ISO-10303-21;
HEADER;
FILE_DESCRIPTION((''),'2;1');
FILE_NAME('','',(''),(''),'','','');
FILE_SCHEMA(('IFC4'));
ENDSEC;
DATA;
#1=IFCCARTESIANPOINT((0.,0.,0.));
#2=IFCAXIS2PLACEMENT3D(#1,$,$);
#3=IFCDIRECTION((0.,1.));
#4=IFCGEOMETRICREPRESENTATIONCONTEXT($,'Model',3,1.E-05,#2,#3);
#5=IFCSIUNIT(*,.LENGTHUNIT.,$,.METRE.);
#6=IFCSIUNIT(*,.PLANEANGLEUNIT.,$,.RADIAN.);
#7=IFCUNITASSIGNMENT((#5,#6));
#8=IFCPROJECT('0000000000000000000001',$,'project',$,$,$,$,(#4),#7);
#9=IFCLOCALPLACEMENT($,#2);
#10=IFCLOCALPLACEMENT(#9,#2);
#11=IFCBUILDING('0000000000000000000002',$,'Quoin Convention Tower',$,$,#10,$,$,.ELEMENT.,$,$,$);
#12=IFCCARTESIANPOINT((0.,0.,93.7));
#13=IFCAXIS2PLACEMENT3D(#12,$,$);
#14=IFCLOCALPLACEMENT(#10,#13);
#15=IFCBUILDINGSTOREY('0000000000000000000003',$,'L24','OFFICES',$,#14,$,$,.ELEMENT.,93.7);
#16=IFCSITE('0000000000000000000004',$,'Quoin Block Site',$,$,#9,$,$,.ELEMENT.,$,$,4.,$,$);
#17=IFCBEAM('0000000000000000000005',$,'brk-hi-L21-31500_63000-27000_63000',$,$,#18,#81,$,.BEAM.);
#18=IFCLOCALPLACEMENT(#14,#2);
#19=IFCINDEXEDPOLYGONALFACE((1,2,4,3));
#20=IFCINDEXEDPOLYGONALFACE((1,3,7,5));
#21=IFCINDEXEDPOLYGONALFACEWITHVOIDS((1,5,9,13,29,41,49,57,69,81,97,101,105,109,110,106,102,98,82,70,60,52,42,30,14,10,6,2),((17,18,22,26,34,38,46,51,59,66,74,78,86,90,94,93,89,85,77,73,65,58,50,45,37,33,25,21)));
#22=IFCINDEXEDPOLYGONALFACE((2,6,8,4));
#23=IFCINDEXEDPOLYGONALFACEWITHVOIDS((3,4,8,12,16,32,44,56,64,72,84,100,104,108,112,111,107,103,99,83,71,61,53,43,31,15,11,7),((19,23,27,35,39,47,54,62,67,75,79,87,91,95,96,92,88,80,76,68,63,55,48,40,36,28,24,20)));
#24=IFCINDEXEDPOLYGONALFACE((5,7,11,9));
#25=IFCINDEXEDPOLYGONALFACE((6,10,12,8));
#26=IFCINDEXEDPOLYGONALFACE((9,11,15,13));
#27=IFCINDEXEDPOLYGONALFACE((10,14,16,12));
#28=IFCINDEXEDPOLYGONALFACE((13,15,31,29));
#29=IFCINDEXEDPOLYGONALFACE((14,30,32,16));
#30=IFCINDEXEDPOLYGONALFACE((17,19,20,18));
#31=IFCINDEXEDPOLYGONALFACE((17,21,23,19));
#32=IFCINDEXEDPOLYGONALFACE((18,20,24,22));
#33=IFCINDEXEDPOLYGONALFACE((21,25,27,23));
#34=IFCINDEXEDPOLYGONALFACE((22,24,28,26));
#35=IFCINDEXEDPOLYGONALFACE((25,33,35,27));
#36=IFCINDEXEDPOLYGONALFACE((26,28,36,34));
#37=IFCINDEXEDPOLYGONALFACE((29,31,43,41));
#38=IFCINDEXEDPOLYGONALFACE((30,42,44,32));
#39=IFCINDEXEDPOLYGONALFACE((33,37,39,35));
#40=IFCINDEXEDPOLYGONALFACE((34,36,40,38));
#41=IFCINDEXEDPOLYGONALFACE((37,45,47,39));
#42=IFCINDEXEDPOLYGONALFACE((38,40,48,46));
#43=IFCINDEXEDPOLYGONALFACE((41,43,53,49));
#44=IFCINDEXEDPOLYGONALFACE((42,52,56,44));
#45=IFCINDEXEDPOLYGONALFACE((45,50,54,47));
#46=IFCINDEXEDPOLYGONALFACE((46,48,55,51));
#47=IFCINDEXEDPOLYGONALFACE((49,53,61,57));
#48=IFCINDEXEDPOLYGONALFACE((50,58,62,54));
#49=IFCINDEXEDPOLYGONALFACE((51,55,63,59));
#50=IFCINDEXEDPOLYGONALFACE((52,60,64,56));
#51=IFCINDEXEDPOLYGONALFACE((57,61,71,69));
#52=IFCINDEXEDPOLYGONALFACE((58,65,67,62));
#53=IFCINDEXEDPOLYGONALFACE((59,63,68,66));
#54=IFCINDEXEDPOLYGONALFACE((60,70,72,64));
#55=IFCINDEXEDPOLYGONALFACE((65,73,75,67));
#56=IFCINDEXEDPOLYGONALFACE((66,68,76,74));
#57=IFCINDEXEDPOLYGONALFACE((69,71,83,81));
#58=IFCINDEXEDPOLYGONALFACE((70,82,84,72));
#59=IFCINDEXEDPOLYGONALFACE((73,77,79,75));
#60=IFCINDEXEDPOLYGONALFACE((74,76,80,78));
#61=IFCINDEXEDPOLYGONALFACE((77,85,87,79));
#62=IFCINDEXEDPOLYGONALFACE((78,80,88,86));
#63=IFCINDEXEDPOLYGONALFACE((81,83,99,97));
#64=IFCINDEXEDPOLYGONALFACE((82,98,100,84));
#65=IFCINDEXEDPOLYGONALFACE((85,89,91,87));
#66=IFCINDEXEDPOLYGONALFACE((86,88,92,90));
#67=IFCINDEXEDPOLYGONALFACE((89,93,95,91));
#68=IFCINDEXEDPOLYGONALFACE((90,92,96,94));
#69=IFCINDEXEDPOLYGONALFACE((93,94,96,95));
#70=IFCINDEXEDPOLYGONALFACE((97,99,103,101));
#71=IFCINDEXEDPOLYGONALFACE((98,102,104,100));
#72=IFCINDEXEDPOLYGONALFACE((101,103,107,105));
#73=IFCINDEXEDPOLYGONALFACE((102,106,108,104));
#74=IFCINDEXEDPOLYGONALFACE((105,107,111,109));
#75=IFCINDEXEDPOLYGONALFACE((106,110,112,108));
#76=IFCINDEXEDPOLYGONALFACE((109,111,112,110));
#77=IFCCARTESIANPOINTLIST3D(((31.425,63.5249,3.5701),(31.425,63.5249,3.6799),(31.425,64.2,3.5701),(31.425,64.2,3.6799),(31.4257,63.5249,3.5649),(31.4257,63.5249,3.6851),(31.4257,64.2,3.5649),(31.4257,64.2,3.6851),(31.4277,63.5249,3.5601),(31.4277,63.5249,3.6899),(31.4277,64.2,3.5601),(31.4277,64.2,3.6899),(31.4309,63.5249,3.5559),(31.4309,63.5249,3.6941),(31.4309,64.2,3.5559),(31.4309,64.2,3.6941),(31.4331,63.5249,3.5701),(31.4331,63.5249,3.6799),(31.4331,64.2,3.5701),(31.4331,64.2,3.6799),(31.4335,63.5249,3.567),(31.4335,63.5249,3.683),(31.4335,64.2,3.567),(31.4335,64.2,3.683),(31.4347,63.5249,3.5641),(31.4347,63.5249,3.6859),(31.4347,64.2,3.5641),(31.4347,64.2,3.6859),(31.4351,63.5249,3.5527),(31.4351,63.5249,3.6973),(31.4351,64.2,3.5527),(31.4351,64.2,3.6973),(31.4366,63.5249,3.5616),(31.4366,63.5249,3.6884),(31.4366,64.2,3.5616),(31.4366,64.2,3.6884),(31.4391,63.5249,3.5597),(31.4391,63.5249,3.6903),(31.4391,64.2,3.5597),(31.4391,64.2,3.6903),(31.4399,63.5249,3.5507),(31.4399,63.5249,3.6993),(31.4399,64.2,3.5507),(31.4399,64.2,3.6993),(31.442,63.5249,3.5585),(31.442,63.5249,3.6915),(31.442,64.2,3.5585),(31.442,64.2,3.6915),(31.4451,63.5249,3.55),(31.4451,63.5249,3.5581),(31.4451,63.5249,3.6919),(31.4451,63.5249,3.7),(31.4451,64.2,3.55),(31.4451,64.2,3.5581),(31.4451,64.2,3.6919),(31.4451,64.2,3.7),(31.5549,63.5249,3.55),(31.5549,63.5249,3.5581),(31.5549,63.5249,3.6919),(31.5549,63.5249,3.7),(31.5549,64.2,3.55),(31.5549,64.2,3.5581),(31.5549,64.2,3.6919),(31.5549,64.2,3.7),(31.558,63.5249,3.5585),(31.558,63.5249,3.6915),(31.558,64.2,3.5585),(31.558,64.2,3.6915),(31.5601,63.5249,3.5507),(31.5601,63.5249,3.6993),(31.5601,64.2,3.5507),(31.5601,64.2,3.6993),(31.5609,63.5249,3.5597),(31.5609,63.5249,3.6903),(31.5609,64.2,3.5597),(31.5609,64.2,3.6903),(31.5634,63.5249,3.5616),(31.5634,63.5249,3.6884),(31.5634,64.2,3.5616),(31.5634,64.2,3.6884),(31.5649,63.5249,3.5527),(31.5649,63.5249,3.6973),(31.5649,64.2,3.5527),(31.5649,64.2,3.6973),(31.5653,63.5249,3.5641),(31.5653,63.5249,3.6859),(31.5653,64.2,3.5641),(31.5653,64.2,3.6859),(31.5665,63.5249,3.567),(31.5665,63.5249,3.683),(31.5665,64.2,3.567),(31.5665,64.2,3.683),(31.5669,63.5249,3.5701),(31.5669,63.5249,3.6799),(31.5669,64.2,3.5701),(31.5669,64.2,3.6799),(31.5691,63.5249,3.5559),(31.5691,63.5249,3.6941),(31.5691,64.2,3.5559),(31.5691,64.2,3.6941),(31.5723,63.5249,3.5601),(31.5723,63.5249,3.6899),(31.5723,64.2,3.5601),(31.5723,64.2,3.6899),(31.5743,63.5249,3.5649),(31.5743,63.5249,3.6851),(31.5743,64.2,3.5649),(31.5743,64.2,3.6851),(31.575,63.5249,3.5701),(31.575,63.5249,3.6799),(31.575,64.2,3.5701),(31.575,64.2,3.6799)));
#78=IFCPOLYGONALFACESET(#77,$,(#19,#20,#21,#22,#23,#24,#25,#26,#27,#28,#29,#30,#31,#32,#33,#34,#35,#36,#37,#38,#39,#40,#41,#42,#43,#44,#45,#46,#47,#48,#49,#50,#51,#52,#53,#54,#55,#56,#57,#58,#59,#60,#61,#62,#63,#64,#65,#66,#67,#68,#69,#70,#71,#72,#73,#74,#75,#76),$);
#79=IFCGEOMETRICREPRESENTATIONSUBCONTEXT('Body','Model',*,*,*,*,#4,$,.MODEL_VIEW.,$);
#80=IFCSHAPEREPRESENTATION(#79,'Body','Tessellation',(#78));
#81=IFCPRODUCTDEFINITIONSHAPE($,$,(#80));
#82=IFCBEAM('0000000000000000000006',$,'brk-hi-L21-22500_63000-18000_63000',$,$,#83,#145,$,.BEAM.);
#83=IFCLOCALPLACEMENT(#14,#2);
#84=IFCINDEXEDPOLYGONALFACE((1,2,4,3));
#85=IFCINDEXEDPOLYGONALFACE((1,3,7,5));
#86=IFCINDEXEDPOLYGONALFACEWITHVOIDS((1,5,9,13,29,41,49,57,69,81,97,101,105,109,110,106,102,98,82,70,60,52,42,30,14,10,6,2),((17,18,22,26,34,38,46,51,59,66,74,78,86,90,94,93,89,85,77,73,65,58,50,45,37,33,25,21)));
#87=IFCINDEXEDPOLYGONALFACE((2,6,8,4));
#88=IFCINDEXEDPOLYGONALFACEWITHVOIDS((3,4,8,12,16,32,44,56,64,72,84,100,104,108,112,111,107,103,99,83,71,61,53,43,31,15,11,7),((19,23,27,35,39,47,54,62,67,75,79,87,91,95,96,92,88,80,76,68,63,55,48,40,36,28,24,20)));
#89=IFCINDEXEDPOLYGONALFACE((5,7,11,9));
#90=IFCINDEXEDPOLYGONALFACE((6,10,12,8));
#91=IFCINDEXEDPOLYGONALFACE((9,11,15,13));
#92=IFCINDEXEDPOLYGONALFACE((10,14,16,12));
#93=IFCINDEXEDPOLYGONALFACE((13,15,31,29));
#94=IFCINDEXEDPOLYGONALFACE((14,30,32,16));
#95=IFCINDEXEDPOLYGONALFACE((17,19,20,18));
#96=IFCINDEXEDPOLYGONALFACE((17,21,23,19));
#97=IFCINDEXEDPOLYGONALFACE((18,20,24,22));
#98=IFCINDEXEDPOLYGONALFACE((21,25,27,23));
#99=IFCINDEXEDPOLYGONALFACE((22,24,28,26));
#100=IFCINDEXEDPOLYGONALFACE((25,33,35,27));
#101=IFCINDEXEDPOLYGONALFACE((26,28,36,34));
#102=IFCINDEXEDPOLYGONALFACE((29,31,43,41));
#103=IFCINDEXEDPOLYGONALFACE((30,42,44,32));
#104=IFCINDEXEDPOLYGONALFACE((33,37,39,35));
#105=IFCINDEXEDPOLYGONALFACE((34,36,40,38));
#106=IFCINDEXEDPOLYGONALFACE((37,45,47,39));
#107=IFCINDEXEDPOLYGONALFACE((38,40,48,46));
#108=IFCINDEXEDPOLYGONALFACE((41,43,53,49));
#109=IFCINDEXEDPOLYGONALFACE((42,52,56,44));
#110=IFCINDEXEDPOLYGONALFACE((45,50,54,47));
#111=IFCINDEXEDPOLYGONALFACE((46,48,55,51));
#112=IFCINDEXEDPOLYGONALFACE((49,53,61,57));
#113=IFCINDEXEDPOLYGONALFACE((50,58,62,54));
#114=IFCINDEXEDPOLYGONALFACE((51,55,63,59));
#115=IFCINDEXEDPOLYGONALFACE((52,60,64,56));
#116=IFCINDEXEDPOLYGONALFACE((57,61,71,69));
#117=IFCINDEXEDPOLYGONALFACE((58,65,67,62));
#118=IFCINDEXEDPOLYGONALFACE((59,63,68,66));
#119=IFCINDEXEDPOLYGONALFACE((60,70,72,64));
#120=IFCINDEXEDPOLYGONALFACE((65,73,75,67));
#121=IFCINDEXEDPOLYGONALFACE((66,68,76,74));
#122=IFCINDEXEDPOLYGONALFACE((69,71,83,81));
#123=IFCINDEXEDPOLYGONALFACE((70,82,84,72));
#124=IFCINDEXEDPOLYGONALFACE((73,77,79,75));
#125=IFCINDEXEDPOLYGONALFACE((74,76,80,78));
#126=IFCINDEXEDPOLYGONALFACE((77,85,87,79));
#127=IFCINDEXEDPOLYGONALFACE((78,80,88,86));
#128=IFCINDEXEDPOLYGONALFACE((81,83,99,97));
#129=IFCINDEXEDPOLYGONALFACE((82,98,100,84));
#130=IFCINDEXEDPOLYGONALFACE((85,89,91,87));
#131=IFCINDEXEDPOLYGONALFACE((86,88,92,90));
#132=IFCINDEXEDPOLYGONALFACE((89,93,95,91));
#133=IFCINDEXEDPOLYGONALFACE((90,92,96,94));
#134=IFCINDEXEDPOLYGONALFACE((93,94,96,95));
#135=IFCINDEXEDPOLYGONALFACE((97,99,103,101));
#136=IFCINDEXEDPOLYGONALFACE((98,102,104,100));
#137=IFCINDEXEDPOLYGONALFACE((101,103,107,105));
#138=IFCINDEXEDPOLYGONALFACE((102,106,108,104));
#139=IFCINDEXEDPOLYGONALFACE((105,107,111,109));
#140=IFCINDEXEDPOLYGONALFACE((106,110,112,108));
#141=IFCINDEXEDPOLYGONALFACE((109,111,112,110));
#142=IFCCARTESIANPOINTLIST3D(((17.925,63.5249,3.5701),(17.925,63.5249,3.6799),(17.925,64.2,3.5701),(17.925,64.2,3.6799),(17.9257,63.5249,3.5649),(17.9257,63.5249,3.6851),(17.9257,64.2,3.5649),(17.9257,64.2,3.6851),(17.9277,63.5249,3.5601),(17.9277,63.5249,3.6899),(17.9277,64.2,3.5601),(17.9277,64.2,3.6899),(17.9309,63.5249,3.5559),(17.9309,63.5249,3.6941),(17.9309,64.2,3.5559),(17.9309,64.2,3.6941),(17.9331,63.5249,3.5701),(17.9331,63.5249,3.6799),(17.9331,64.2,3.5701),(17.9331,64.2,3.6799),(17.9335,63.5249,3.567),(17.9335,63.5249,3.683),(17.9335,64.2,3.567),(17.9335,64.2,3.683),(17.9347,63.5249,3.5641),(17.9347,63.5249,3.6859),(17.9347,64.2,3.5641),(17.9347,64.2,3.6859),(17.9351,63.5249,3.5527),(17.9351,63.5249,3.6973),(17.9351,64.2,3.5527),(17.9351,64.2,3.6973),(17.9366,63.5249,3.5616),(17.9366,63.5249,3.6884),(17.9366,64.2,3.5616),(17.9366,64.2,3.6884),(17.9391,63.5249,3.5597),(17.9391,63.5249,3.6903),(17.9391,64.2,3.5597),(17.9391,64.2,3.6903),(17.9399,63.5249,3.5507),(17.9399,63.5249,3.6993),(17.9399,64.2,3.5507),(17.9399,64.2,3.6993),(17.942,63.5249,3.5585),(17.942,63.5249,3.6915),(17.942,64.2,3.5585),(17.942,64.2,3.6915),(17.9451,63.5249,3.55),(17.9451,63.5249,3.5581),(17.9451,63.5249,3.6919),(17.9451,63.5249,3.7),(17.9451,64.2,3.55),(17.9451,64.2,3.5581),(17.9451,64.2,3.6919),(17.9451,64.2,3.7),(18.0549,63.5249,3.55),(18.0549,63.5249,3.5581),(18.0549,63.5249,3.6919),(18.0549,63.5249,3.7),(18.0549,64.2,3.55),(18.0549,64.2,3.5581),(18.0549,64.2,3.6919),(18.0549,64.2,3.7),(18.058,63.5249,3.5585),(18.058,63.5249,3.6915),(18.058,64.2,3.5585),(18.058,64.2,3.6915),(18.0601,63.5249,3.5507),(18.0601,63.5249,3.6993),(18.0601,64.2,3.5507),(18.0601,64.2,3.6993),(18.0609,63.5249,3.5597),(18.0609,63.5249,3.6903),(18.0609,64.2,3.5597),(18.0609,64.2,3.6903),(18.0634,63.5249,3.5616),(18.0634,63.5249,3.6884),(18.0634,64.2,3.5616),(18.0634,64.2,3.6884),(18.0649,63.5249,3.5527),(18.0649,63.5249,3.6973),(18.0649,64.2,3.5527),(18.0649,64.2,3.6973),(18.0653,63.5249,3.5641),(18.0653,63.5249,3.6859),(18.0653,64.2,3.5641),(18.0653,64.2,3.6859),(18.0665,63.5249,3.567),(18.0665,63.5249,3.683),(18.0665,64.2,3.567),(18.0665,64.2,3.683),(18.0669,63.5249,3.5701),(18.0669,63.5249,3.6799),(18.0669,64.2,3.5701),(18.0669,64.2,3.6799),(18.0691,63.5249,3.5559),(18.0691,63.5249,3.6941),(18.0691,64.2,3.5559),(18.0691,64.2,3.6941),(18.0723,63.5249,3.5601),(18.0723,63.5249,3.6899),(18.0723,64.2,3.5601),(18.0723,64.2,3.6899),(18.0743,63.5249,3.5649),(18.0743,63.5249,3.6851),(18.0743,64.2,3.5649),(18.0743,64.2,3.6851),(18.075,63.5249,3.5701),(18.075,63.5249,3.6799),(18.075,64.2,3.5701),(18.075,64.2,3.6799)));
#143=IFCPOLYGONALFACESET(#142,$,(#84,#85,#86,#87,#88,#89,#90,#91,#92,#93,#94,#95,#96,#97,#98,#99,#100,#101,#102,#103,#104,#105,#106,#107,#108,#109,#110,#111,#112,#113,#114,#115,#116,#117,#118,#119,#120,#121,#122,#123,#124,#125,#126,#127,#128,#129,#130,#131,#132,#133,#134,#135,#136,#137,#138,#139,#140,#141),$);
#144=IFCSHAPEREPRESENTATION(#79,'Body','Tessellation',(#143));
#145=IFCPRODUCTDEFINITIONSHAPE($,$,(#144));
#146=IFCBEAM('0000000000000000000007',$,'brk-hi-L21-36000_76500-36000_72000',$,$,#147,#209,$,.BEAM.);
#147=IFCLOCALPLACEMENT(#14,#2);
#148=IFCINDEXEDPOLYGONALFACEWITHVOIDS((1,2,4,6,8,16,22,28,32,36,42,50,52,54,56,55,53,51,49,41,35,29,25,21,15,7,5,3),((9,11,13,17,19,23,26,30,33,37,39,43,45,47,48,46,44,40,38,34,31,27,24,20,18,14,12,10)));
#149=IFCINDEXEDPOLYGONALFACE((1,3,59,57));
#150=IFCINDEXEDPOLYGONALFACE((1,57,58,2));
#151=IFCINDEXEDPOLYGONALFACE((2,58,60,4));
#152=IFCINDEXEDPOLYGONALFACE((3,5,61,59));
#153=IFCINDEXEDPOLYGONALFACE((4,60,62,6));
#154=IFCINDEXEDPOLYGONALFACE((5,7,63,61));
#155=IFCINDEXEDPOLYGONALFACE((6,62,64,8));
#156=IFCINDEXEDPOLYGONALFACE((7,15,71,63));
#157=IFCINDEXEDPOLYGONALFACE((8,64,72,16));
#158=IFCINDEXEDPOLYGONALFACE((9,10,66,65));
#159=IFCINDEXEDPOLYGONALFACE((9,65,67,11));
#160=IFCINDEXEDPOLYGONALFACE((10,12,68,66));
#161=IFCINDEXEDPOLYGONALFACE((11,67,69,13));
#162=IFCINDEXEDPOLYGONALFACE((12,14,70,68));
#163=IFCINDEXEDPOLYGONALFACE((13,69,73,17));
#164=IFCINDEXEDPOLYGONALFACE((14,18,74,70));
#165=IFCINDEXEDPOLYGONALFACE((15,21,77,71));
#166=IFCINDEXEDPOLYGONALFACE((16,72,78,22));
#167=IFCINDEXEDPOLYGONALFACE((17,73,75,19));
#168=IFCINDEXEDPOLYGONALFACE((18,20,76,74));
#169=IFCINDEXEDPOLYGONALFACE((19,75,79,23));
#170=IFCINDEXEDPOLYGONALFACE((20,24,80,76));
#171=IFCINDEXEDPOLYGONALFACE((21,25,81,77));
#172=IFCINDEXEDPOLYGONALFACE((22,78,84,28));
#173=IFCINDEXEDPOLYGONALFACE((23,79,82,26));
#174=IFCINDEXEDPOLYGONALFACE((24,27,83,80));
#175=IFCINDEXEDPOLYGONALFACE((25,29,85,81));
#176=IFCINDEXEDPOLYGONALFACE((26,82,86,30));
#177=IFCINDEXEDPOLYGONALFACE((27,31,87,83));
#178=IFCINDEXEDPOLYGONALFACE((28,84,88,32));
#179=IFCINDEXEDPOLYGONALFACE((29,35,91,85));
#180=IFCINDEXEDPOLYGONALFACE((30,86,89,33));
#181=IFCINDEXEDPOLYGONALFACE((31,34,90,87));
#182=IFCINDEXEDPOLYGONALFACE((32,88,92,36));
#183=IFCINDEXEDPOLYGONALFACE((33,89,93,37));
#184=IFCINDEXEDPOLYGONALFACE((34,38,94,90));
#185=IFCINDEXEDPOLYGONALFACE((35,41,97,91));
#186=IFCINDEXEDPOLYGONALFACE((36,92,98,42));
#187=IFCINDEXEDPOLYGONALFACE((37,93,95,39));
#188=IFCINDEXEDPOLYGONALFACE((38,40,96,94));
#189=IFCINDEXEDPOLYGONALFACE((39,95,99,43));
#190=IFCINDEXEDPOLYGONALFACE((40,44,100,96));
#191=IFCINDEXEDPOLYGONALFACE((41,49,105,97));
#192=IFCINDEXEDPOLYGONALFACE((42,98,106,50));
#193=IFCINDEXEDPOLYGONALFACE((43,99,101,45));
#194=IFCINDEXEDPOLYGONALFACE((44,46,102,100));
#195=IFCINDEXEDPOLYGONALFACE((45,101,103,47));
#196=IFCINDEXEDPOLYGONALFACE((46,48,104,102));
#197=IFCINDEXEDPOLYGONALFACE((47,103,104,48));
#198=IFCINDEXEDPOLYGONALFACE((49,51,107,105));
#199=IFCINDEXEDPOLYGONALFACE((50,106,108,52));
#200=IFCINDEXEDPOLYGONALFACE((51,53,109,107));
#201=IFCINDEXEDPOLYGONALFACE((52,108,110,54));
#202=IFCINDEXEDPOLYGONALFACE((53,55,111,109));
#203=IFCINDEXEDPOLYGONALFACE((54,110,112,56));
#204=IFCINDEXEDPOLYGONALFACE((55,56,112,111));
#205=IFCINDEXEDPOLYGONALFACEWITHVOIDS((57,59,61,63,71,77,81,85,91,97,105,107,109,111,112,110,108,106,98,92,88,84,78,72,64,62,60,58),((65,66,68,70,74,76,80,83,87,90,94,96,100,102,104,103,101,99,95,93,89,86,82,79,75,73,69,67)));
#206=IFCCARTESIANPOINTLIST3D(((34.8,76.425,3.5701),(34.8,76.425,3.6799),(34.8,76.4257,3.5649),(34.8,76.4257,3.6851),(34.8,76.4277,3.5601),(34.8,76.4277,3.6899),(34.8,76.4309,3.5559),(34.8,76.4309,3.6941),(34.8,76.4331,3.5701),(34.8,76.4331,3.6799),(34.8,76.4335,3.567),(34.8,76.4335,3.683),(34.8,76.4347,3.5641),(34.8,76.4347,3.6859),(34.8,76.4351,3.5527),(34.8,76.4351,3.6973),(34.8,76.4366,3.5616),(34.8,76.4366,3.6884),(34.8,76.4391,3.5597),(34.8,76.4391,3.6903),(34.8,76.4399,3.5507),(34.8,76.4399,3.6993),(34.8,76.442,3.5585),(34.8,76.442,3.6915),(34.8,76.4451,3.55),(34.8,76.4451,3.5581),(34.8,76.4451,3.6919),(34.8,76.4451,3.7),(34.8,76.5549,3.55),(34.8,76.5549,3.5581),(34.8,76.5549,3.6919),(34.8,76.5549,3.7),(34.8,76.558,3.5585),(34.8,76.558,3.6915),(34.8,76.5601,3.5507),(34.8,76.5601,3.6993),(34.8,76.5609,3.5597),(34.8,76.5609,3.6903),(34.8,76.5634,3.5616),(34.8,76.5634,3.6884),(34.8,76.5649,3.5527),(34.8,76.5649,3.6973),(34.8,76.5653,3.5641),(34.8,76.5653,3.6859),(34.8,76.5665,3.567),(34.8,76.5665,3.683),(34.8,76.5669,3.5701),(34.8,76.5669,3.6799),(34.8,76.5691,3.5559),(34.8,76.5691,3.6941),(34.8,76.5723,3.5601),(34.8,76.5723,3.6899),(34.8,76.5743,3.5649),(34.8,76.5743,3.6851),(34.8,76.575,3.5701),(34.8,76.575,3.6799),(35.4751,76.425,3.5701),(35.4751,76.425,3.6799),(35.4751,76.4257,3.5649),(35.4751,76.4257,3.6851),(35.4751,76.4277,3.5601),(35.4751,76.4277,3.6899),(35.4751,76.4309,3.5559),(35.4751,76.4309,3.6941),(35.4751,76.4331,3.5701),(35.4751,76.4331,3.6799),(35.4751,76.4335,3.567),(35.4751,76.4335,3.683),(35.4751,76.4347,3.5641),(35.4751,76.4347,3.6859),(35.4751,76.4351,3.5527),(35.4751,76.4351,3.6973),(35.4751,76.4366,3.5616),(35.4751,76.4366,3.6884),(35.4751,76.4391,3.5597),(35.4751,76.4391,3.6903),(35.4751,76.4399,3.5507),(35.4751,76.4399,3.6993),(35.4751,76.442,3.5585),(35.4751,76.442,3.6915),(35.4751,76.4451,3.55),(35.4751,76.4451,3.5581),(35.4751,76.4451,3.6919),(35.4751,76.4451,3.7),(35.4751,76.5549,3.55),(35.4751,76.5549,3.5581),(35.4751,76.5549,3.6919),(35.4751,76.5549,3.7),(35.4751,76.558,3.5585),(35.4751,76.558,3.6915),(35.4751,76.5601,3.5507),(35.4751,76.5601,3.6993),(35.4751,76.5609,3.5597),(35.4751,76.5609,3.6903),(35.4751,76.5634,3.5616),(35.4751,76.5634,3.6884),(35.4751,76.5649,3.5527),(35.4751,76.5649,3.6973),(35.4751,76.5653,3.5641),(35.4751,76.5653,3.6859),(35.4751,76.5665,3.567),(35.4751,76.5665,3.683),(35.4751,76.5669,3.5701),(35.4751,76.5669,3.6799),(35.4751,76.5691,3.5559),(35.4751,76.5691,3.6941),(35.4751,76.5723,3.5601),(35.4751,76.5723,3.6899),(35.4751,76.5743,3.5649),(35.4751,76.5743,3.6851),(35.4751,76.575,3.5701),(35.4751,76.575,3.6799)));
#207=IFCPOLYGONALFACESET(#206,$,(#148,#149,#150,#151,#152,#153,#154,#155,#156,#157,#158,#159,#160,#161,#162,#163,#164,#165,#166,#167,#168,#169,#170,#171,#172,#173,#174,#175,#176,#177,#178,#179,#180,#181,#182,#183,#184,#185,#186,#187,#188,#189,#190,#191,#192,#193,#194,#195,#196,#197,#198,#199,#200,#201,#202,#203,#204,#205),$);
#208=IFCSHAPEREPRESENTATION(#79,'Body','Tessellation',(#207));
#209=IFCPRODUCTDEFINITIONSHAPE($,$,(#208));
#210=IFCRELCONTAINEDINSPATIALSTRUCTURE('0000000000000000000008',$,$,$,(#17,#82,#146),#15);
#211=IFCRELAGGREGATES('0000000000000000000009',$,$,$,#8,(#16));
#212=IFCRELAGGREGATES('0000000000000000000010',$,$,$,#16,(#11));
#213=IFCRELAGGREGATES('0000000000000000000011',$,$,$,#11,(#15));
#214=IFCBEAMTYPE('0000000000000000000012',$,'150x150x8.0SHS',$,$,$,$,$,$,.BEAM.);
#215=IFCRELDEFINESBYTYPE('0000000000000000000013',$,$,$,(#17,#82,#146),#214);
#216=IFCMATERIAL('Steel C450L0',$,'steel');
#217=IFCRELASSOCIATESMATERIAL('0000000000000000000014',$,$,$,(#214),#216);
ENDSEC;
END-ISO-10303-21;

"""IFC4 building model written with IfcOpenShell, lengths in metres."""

from ifc_helpers import new_model, si_unit, direction, frame, origin, origin_2d, place, context, subcontext, project, spatial, hollow_rectangle, extrude, material, material_profile, profile_set, type_object, element, save


model = new_model("IFC4")

# Units and contexts
model_context = context("Model", 3, precision=1e-05, world=origin(), true_north=direction((0.0, 1.0)))
body_context = subcontext(model_context, "Body", "Model", "MODEL_VIEW")
ifc_project = project(units=[si_unit("LENGTHUNIT", "METRE"), si_unit("PLANEANGLEUNIT", "RADIAN")], contexts=[model_context])

# Site, building, storey
site_placement = place(None, origin())
site = spatial("IfcSite", under=ifc_project, at=site_placement, Name="Quoin Block Site", CompositionType="ELEMENT", RefElevation=4.0)
building_placement = place(site_placement, origin())
building = spatial("IfcBuilding", under=site, at=building_placement, Name="Quoin Convention Tower", CompositionType="ELEMENT")
storey_placement = place(building_placement, frame((0.0, 0.0, 93.7)))
storey = spatial("IfcBuildingStorey", under=building, at=storey_placement, Name="L24", Description="OFFICES", CompositionType="ELEMENT", Elevation=93.7)

# Beams
ifc_material_1 = material(Name="Steel C450L0", Category="steel")
ifc_material_profile_1 = material_profile(ifc_material_1, hollow_rectangle(XDim=0.1499, YDim=0.1499, WallThickness=0.0081, InnerFilletRadius=0.012, OuterFilletRadius=0.02, at=origin_2d()), Name="150x150x8.0SHS")
ifc_profile_set_1 = profile_set([ifc_material_profile_1], Name="Steel C450L0")
beam_type_1 = type_object("IfcBeamType", Name="150x150x8.0SHS", PredefinedType="BEAM", material=ifc_profile_set_1)
for number, where, z_axis, x_axis, name in (
    (1, (31.5, 63.5249, 3.625), (0.0, 1.0, 0.0), (-1.0, 0.0, 0.0), "brk-hi-L21-31500_63000-27000_63000"),
    (2, (18.0, 63.5249, 3.625), (0.0, 1.0, 0.0), (-1.0, 0.0, 0.0), "brk-hi-L21-22500_63000-18000_63000"),
    (3, (35.4751, 76.5, 3.625), (-1.0, 0.0, 0.0), (0.0, -1.0, 0.0), "brk-hi-L21-36000_76500-36000_72000"),
):
    element("IfcBeam", number, at=place(storey_placement, frame(where, z_axis=z_axis, x_axis=x_axis)), inside=storey, type_object=beam_type_1, Name=name, PredefinedType="BEAM", context=body_context, shape_type="SweptSolid", body=[
        extrude(hollow_rectangle(XDim=0.1499, YDim=0.1499, WallThickness=0.0081, InnerFilletRadius=0.012, OuterFilletRadius=0.02, at=origin_2d()), origin(), (0.0, 0.0, 1.0), 0.675),
    ])

save(model, "model.ifc")
